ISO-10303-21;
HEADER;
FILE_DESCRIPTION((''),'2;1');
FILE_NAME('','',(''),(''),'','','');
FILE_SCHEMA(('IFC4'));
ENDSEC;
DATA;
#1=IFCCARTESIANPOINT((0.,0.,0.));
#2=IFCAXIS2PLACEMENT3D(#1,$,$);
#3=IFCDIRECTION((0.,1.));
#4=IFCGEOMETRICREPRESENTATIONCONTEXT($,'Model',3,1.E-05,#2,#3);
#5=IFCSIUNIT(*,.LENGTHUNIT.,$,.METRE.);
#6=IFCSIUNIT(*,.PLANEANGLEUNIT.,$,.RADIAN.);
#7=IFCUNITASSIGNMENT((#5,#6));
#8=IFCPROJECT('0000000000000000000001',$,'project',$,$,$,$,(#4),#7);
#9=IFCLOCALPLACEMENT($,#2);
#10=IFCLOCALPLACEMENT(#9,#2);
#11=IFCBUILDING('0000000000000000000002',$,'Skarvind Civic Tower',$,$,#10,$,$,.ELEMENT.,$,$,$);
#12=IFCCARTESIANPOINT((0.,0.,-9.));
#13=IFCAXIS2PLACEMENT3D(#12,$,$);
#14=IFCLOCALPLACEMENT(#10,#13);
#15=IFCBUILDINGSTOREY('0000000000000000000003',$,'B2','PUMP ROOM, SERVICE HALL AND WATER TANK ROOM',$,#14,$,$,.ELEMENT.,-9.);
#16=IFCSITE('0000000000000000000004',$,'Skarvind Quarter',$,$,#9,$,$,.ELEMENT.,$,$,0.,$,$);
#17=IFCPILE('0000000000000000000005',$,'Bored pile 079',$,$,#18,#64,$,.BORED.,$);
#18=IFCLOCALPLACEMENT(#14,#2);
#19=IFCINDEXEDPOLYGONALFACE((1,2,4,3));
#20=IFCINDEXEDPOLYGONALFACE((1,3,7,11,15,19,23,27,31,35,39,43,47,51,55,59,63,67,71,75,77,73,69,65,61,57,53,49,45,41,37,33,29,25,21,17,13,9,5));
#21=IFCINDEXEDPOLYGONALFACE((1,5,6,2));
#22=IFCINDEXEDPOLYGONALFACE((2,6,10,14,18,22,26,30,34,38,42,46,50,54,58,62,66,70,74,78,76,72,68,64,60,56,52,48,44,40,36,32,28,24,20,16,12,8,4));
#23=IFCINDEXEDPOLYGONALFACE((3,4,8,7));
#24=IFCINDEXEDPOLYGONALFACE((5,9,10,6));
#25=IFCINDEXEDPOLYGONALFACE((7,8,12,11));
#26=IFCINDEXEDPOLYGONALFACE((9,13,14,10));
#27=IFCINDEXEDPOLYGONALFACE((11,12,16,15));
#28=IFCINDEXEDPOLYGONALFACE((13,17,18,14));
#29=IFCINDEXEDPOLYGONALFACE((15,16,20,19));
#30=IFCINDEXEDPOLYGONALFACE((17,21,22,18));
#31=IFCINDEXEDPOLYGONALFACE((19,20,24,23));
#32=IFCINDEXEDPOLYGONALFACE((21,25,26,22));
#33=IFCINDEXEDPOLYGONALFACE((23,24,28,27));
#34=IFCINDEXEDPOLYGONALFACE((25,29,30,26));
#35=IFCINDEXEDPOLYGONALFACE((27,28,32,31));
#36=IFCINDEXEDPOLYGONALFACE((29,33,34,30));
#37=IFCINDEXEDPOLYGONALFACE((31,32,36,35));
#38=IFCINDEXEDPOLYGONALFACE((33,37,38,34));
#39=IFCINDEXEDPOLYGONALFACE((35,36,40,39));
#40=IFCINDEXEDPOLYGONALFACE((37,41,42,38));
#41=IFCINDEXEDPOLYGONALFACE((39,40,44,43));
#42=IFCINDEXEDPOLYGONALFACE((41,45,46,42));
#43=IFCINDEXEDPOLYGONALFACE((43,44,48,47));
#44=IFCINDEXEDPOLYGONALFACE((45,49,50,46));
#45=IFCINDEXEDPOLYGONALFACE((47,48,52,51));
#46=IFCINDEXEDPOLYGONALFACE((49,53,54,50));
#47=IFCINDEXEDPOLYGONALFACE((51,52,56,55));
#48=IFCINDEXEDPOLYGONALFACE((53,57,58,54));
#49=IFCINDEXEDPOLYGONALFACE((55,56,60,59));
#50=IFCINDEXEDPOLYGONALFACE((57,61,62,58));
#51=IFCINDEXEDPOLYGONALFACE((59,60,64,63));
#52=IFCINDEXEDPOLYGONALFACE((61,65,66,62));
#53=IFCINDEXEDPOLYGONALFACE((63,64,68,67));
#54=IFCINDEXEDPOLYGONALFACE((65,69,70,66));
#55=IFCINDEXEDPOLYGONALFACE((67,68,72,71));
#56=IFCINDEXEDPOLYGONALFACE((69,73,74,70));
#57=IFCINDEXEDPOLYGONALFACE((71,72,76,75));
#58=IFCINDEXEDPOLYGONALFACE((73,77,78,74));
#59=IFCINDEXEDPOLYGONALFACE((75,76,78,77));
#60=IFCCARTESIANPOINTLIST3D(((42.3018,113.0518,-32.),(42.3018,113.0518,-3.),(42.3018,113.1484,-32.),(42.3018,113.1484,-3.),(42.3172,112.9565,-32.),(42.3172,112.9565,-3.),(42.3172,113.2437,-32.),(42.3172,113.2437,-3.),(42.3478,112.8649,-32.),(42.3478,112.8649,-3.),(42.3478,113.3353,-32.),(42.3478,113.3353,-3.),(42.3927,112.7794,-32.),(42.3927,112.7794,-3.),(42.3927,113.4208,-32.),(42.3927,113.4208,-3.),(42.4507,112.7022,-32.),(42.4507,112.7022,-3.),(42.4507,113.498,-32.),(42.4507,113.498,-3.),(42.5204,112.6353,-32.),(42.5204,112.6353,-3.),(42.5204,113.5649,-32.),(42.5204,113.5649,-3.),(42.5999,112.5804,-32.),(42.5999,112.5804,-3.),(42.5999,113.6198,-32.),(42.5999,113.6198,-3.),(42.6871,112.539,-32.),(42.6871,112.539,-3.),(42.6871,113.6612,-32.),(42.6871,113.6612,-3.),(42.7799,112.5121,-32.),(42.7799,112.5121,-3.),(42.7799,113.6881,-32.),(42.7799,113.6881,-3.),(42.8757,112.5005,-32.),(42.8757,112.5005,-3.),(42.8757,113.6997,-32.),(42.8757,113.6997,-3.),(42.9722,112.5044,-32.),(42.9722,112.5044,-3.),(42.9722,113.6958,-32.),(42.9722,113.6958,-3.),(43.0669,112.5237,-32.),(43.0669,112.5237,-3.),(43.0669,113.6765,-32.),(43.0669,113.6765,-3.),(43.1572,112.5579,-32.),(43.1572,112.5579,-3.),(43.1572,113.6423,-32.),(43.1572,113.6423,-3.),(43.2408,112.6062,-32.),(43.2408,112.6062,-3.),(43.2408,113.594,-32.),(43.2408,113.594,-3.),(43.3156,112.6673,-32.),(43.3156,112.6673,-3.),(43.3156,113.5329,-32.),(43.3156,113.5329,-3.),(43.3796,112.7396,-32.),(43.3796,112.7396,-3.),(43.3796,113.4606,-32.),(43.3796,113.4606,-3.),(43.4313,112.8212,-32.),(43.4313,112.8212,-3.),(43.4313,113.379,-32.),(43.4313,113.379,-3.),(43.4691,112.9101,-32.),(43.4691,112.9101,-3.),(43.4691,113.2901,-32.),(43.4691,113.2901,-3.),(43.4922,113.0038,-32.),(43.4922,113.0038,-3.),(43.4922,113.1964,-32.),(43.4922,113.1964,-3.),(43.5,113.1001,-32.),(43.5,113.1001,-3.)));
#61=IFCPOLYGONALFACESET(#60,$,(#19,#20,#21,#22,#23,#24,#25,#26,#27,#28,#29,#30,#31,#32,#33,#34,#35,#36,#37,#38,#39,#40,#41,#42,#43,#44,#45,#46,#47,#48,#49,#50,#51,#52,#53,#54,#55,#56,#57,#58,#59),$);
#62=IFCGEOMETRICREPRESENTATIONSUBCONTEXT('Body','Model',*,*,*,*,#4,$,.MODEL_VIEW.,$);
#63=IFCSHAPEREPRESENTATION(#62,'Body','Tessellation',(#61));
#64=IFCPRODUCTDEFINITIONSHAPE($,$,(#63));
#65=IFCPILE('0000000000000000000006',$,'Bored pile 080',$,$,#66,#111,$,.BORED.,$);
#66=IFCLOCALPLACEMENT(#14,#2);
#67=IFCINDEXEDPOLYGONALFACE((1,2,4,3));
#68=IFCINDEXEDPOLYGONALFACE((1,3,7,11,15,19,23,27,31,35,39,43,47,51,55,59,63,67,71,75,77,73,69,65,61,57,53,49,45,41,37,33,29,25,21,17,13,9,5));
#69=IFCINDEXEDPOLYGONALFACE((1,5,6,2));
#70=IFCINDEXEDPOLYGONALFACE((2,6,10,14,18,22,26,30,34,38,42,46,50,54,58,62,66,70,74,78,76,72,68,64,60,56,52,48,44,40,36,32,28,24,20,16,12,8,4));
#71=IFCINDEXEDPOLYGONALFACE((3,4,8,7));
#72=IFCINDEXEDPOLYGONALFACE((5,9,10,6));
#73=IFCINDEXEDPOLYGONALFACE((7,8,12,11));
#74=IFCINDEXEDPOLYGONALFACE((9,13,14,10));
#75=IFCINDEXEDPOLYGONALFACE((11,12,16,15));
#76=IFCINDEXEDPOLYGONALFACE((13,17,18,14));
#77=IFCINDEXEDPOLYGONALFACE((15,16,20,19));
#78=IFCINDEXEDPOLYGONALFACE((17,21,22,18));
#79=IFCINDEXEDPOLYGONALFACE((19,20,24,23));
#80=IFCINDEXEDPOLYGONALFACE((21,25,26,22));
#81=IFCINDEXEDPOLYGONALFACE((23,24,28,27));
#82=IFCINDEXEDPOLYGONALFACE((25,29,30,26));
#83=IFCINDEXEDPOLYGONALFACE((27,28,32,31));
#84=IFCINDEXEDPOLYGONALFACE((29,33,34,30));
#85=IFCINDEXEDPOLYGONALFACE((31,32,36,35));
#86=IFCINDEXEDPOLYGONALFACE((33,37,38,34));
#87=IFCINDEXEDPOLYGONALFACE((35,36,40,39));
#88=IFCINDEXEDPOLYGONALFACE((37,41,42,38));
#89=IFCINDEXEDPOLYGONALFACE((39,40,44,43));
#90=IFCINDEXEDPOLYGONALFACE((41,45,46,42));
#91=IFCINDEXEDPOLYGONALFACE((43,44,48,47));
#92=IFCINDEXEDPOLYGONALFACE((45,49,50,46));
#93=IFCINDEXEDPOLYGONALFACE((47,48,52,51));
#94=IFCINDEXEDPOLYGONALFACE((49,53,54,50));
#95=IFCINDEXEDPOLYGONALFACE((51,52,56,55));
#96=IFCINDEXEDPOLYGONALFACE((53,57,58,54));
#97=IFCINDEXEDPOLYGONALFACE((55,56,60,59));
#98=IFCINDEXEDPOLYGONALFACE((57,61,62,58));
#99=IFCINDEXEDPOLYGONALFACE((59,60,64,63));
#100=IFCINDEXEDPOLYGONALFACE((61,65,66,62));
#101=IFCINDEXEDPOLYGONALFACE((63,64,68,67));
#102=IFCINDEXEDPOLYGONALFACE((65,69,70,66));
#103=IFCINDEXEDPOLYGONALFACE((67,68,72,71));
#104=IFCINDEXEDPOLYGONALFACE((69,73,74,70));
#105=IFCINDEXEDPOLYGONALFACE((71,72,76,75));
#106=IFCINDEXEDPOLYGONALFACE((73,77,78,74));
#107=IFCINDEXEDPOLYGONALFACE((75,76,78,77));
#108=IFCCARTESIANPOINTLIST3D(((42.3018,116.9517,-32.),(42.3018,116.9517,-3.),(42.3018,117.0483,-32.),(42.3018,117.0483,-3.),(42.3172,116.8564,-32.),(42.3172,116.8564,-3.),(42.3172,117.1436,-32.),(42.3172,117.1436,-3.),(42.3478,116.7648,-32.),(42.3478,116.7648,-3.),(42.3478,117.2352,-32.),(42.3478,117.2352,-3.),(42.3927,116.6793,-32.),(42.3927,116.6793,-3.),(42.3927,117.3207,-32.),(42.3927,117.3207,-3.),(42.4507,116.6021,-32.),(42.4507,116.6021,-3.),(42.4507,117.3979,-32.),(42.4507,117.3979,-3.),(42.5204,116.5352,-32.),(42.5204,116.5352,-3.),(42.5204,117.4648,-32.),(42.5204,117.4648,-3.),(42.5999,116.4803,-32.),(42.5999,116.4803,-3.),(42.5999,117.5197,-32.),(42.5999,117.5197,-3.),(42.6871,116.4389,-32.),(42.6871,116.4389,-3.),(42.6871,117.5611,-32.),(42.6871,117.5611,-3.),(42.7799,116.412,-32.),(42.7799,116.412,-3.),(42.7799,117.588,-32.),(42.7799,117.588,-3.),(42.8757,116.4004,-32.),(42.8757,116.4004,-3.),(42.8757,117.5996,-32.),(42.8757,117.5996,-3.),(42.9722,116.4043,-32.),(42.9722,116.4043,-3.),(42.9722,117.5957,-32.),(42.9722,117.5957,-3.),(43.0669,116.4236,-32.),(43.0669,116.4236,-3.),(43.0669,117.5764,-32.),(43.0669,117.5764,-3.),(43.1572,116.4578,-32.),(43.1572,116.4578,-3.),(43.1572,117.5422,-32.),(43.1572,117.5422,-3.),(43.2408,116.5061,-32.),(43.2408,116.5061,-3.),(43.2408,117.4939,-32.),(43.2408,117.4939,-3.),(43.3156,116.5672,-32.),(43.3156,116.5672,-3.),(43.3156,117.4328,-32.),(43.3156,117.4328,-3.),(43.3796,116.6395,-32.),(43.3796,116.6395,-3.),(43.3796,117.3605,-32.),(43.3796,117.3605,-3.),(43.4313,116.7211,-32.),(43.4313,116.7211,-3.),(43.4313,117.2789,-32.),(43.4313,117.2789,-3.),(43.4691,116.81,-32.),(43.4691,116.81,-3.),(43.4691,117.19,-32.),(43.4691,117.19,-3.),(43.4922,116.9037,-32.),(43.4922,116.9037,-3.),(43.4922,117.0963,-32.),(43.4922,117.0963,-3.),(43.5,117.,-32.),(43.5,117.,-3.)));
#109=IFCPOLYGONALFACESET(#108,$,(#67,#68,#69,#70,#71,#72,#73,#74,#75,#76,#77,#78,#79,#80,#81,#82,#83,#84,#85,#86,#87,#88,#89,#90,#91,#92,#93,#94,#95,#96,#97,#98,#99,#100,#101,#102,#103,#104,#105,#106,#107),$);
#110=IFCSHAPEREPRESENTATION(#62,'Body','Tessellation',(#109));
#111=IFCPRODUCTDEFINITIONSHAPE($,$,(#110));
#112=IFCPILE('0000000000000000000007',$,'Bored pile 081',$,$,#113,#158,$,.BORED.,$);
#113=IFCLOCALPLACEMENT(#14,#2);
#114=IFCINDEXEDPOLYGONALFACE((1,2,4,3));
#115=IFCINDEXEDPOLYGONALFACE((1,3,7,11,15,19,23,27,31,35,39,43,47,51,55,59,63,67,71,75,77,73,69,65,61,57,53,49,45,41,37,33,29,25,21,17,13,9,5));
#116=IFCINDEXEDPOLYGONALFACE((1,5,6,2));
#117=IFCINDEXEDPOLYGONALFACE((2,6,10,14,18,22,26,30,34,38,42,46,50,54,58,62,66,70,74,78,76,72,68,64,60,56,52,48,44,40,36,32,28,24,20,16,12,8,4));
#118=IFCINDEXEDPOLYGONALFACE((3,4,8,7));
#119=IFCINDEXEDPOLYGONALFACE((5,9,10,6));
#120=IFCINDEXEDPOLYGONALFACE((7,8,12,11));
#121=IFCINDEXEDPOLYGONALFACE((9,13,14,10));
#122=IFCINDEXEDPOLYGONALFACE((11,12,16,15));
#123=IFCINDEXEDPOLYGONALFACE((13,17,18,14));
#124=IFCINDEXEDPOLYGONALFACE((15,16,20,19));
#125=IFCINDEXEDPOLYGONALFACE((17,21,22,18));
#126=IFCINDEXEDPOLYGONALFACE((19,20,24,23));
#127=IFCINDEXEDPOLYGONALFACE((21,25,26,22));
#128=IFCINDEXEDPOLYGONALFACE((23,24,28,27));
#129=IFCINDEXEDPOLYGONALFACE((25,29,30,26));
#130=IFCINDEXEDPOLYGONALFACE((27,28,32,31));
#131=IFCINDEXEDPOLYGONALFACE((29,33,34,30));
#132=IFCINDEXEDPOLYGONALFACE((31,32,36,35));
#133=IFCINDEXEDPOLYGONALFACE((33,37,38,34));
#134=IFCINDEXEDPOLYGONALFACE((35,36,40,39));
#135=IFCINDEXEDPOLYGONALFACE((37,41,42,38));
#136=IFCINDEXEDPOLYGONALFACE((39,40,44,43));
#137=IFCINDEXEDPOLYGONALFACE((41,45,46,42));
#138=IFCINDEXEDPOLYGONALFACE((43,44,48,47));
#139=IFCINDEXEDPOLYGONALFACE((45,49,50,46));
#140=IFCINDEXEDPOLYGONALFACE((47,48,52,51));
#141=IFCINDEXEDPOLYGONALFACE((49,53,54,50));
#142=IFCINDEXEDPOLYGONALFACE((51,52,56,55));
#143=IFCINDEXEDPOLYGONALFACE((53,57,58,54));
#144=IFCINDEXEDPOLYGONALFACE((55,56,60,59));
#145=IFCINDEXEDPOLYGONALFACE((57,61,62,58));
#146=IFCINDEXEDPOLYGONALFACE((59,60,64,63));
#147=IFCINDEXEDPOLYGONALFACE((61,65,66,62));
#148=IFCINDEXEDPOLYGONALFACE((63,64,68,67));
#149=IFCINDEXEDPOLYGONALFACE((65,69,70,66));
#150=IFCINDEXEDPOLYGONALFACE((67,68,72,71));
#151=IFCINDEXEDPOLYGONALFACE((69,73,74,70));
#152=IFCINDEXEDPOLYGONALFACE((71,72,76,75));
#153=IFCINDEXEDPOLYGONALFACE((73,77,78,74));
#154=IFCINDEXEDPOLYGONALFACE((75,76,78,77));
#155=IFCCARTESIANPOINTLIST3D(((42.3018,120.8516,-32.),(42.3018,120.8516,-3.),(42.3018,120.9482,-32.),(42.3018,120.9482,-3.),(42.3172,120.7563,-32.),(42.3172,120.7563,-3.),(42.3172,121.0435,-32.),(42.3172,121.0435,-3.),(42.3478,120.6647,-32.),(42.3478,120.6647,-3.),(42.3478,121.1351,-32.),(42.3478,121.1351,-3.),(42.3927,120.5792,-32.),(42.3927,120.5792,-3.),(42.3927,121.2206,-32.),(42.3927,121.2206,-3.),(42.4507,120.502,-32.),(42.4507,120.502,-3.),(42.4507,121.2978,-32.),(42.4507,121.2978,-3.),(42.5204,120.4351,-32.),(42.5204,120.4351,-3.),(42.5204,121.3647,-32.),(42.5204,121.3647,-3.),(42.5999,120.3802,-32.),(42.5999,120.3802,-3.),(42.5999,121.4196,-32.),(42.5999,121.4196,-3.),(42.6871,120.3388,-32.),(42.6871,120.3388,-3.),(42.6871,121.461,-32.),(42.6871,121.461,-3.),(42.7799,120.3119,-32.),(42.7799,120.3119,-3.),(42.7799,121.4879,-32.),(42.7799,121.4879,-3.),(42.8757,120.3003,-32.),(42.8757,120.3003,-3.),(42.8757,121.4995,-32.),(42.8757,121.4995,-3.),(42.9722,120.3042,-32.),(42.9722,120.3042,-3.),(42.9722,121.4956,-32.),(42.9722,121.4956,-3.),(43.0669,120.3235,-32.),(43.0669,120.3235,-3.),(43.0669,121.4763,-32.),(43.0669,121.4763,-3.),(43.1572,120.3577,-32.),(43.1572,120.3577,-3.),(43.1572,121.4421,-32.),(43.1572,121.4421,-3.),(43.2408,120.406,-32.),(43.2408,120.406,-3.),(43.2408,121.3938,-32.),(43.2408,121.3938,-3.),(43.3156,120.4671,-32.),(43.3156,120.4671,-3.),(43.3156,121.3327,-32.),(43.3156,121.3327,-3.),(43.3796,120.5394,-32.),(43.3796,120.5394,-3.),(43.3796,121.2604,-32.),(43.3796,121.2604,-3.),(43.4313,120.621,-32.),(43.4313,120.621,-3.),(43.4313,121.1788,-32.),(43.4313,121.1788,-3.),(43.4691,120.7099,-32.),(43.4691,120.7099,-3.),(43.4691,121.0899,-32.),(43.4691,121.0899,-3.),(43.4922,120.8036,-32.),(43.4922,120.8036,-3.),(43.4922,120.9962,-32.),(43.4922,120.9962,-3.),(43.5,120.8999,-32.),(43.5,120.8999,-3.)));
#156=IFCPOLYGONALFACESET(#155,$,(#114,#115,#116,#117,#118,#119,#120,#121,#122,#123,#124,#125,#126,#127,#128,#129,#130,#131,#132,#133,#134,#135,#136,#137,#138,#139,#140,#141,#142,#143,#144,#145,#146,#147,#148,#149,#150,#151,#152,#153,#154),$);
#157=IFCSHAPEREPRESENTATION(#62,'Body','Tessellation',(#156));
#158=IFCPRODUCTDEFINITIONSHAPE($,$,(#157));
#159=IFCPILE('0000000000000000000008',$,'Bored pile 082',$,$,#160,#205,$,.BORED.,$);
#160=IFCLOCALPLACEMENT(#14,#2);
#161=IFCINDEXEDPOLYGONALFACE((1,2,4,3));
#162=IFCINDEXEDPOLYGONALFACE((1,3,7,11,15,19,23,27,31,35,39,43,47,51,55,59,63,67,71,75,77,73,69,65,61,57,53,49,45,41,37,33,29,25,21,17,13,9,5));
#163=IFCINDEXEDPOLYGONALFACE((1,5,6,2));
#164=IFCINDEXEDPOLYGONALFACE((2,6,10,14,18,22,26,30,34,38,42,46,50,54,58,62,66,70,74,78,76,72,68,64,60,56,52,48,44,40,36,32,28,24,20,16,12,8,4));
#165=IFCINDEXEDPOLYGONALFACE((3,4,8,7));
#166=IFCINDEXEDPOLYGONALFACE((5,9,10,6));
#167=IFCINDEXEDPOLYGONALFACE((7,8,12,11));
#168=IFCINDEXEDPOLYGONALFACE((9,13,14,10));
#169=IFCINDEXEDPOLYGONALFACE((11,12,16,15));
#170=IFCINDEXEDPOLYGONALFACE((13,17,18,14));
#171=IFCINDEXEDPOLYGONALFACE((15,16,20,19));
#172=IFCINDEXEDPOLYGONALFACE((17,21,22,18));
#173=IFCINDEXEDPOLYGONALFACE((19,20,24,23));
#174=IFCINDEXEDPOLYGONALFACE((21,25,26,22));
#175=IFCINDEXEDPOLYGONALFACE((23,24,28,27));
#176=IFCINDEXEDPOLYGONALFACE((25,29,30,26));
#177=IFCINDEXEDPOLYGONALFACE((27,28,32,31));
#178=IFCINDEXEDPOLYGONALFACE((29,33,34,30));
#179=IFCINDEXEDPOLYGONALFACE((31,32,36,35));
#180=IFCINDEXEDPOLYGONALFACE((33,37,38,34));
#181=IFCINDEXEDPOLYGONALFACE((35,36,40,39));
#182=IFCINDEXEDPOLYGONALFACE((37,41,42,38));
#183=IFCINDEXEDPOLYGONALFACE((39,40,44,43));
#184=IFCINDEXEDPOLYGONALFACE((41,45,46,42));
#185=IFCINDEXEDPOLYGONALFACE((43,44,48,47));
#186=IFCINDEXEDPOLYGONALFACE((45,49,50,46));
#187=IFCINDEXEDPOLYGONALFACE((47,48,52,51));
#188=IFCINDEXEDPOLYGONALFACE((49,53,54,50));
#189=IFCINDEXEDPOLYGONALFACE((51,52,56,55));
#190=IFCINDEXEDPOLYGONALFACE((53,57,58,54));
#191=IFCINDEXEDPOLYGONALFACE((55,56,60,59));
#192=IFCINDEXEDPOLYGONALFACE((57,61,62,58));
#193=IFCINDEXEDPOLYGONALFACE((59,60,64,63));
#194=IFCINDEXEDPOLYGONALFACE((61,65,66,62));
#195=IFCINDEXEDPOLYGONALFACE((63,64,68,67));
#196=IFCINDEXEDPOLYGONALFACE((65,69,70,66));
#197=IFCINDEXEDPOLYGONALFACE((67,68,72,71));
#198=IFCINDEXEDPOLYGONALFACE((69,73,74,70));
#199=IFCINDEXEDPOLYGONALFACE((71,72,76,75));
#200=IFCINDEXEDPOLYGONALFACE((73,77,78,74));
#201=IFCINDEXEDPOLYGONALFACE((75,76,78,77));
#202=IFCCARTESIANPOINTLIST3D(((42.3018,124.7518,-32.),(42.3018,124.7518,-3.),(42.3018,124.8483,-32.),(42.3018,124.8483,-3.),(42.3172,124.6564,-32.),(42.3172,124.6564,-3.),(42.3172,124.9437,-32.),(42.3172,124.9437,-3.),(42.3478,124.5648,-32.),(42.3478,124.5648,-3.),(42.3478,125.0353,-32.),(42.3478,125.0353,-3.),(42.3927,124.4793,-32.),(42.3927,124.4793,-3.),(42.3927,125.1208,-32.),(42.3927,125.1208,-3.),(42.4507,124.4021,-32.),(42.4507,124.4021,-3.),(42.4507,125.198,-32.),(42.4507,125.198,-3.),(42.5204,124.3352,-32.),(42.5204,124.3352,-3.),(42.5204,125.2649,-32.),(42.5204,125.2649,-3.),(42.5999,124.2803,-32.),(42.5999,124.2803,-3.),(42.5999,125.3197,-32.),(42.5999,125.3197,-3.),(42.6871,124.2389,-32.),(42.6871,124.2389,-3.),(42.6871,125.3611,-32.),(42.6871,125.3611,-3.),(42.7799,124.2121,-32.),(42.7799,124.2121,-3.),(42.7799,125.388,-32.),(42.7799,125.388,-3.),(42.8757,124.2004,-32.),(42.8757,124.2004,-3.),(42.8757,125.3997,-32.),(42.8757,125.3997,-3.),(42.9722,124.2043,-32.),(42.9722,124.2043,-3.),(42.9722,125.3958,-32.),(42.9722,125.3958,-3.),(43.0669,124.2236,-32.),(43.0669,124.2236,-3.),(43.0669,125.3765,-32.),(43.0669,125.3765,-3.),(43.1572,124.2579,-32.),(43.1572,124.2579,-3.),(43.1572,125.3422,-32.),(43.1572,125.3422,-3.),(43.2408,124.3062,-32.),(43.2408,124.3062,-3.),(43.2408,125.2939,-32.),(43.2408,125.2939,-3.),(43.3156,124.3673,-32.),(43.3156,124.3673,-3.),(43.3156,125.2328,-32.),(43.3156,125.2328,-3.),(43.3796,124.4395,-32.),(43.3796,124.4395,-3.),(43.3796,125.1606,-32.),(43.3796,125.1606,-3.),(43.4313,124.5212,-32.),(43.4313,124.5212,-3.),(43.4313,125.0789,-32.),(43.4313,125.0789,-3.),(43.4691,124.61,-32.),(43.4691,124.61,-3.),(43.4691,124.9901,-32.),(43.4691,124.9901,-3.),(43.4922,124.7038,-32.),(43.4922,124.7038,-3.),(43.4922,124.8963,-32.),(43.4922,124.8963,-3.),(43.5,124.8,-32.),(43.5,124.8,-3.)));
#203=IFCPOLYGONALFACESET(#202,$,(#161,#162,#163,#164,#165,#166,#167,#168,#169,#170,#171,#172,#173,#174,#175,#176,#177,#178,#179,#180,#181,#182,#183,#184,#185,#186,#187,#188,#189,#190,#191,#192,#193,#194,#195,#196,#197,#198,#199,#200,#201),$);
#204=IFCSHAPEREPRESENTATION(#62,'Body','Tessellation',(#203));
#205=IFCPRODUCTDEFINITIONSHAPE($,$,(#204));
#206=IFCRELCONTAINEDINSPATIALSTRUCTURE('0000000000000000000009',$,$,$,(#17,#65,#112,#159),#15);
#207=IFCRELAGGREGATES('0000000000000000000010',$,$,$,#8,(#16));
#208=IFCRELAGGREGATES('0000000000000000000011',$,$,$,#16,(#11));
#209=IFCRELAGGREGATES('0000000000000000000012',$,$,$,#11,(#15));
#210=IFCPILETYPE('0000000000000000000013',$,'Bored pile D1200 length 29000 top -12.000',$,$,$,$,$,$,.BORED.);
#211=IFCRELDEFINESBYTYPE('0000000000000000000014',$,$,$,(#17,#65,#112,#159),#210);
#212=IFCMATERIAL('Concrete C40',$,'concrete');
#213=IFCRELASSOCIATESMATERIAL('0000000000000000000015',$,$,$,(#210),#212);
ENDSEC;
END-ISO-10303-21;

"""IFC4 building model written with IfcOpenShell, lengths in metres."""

from ifc_helpers import new_model, si_unit, direction, frame, origin, origin_2d, place, context, subcontext, project, spatial, circle, extrude, material, type_object, element, save


model = new_model("IFC4")

# Units and contexts
model_context = context("Model", 3, precision=1e-05, world=origin(), true_north=direction((0.0, 1.0)))
body_context = subcontext(model_context, "Body", "Model", "MODEL_VIEW")
ifc_project = project(units=[si_unit("LENGTHUNIT", "METRE"), si_unit("PLANEANGLEUNIT", "RADIAN")], contexts=[model_context])

# Site, building, storey
site_placement = place(None, origin())
site = spatial("IfcSite", under=ifc_project, at=site_placement, Name="Skarvind Quarter", CompositionType="ELEMENT", RefElevation=0.0)
building_placement = place(site_placement, origin())
building = spatial("IfcBuilding", under=site, at=building_placement, Name="Skarvind Civic Tower", CompositionType="ELEMENT")
storey_placement = place(building_placement, frame((0.0, 0.0, -9.0)))
storey = spatial("IfcBuildingStorey", under=building, at=storey_placement, Name="B2", Description="PUMP ROOM, SERVICE HALL AND WATER TANK ROOM", CompositionType="ELEMENT", Elevation=-9.0)

# Piles
ifc_material_1 = material(Name="Concrete C40", Category="concrete")
pile_type_1 = type_object("IfcPileType", Name="Bored pile D1200 length 29000 top -12.000", PredefinedType="BORED", material=ifc_material_1)
for number, where, z_axis, x_axis, name in (
    (1, (42.8999, 113.1001, -3.0), (0.0, 0.0, -1.0), (1.0, 0.0, 0.0), "Bored pile 079"),
    (2, (42.8999, 117.0, -3.0), (0.0, 0.0, -1.0), (1.0, 0.0, 0.0), "Bored pile 080"),
    (3, (42.8999, 120.8999, -3.0), (0.0, 0.0, -1.0), (1.0, 0.0, 0.0), "Bored pile 081"),
    (4, (42.8999, 124.8, -3.0), (0.0, 0.0, -1.0), (1.0, 0.0, 0.0), "Bored pile 082"),
):
    element("IfcPile", number, at=place(storey_placement, frame(where, z_axis=z_axis, x_axis=x_axis)), inside=storey, type_object=pile_type_1, Name=name, PredefinedType="BORED", context=body_context, shape_type="SweptSolid", body=[
        extrude(circle(Radius=0.6001, at=origin_2d()), origin(), (0.0, 0.0, 1.0), 29.0),
    ])

save(model, "model.ifc")
